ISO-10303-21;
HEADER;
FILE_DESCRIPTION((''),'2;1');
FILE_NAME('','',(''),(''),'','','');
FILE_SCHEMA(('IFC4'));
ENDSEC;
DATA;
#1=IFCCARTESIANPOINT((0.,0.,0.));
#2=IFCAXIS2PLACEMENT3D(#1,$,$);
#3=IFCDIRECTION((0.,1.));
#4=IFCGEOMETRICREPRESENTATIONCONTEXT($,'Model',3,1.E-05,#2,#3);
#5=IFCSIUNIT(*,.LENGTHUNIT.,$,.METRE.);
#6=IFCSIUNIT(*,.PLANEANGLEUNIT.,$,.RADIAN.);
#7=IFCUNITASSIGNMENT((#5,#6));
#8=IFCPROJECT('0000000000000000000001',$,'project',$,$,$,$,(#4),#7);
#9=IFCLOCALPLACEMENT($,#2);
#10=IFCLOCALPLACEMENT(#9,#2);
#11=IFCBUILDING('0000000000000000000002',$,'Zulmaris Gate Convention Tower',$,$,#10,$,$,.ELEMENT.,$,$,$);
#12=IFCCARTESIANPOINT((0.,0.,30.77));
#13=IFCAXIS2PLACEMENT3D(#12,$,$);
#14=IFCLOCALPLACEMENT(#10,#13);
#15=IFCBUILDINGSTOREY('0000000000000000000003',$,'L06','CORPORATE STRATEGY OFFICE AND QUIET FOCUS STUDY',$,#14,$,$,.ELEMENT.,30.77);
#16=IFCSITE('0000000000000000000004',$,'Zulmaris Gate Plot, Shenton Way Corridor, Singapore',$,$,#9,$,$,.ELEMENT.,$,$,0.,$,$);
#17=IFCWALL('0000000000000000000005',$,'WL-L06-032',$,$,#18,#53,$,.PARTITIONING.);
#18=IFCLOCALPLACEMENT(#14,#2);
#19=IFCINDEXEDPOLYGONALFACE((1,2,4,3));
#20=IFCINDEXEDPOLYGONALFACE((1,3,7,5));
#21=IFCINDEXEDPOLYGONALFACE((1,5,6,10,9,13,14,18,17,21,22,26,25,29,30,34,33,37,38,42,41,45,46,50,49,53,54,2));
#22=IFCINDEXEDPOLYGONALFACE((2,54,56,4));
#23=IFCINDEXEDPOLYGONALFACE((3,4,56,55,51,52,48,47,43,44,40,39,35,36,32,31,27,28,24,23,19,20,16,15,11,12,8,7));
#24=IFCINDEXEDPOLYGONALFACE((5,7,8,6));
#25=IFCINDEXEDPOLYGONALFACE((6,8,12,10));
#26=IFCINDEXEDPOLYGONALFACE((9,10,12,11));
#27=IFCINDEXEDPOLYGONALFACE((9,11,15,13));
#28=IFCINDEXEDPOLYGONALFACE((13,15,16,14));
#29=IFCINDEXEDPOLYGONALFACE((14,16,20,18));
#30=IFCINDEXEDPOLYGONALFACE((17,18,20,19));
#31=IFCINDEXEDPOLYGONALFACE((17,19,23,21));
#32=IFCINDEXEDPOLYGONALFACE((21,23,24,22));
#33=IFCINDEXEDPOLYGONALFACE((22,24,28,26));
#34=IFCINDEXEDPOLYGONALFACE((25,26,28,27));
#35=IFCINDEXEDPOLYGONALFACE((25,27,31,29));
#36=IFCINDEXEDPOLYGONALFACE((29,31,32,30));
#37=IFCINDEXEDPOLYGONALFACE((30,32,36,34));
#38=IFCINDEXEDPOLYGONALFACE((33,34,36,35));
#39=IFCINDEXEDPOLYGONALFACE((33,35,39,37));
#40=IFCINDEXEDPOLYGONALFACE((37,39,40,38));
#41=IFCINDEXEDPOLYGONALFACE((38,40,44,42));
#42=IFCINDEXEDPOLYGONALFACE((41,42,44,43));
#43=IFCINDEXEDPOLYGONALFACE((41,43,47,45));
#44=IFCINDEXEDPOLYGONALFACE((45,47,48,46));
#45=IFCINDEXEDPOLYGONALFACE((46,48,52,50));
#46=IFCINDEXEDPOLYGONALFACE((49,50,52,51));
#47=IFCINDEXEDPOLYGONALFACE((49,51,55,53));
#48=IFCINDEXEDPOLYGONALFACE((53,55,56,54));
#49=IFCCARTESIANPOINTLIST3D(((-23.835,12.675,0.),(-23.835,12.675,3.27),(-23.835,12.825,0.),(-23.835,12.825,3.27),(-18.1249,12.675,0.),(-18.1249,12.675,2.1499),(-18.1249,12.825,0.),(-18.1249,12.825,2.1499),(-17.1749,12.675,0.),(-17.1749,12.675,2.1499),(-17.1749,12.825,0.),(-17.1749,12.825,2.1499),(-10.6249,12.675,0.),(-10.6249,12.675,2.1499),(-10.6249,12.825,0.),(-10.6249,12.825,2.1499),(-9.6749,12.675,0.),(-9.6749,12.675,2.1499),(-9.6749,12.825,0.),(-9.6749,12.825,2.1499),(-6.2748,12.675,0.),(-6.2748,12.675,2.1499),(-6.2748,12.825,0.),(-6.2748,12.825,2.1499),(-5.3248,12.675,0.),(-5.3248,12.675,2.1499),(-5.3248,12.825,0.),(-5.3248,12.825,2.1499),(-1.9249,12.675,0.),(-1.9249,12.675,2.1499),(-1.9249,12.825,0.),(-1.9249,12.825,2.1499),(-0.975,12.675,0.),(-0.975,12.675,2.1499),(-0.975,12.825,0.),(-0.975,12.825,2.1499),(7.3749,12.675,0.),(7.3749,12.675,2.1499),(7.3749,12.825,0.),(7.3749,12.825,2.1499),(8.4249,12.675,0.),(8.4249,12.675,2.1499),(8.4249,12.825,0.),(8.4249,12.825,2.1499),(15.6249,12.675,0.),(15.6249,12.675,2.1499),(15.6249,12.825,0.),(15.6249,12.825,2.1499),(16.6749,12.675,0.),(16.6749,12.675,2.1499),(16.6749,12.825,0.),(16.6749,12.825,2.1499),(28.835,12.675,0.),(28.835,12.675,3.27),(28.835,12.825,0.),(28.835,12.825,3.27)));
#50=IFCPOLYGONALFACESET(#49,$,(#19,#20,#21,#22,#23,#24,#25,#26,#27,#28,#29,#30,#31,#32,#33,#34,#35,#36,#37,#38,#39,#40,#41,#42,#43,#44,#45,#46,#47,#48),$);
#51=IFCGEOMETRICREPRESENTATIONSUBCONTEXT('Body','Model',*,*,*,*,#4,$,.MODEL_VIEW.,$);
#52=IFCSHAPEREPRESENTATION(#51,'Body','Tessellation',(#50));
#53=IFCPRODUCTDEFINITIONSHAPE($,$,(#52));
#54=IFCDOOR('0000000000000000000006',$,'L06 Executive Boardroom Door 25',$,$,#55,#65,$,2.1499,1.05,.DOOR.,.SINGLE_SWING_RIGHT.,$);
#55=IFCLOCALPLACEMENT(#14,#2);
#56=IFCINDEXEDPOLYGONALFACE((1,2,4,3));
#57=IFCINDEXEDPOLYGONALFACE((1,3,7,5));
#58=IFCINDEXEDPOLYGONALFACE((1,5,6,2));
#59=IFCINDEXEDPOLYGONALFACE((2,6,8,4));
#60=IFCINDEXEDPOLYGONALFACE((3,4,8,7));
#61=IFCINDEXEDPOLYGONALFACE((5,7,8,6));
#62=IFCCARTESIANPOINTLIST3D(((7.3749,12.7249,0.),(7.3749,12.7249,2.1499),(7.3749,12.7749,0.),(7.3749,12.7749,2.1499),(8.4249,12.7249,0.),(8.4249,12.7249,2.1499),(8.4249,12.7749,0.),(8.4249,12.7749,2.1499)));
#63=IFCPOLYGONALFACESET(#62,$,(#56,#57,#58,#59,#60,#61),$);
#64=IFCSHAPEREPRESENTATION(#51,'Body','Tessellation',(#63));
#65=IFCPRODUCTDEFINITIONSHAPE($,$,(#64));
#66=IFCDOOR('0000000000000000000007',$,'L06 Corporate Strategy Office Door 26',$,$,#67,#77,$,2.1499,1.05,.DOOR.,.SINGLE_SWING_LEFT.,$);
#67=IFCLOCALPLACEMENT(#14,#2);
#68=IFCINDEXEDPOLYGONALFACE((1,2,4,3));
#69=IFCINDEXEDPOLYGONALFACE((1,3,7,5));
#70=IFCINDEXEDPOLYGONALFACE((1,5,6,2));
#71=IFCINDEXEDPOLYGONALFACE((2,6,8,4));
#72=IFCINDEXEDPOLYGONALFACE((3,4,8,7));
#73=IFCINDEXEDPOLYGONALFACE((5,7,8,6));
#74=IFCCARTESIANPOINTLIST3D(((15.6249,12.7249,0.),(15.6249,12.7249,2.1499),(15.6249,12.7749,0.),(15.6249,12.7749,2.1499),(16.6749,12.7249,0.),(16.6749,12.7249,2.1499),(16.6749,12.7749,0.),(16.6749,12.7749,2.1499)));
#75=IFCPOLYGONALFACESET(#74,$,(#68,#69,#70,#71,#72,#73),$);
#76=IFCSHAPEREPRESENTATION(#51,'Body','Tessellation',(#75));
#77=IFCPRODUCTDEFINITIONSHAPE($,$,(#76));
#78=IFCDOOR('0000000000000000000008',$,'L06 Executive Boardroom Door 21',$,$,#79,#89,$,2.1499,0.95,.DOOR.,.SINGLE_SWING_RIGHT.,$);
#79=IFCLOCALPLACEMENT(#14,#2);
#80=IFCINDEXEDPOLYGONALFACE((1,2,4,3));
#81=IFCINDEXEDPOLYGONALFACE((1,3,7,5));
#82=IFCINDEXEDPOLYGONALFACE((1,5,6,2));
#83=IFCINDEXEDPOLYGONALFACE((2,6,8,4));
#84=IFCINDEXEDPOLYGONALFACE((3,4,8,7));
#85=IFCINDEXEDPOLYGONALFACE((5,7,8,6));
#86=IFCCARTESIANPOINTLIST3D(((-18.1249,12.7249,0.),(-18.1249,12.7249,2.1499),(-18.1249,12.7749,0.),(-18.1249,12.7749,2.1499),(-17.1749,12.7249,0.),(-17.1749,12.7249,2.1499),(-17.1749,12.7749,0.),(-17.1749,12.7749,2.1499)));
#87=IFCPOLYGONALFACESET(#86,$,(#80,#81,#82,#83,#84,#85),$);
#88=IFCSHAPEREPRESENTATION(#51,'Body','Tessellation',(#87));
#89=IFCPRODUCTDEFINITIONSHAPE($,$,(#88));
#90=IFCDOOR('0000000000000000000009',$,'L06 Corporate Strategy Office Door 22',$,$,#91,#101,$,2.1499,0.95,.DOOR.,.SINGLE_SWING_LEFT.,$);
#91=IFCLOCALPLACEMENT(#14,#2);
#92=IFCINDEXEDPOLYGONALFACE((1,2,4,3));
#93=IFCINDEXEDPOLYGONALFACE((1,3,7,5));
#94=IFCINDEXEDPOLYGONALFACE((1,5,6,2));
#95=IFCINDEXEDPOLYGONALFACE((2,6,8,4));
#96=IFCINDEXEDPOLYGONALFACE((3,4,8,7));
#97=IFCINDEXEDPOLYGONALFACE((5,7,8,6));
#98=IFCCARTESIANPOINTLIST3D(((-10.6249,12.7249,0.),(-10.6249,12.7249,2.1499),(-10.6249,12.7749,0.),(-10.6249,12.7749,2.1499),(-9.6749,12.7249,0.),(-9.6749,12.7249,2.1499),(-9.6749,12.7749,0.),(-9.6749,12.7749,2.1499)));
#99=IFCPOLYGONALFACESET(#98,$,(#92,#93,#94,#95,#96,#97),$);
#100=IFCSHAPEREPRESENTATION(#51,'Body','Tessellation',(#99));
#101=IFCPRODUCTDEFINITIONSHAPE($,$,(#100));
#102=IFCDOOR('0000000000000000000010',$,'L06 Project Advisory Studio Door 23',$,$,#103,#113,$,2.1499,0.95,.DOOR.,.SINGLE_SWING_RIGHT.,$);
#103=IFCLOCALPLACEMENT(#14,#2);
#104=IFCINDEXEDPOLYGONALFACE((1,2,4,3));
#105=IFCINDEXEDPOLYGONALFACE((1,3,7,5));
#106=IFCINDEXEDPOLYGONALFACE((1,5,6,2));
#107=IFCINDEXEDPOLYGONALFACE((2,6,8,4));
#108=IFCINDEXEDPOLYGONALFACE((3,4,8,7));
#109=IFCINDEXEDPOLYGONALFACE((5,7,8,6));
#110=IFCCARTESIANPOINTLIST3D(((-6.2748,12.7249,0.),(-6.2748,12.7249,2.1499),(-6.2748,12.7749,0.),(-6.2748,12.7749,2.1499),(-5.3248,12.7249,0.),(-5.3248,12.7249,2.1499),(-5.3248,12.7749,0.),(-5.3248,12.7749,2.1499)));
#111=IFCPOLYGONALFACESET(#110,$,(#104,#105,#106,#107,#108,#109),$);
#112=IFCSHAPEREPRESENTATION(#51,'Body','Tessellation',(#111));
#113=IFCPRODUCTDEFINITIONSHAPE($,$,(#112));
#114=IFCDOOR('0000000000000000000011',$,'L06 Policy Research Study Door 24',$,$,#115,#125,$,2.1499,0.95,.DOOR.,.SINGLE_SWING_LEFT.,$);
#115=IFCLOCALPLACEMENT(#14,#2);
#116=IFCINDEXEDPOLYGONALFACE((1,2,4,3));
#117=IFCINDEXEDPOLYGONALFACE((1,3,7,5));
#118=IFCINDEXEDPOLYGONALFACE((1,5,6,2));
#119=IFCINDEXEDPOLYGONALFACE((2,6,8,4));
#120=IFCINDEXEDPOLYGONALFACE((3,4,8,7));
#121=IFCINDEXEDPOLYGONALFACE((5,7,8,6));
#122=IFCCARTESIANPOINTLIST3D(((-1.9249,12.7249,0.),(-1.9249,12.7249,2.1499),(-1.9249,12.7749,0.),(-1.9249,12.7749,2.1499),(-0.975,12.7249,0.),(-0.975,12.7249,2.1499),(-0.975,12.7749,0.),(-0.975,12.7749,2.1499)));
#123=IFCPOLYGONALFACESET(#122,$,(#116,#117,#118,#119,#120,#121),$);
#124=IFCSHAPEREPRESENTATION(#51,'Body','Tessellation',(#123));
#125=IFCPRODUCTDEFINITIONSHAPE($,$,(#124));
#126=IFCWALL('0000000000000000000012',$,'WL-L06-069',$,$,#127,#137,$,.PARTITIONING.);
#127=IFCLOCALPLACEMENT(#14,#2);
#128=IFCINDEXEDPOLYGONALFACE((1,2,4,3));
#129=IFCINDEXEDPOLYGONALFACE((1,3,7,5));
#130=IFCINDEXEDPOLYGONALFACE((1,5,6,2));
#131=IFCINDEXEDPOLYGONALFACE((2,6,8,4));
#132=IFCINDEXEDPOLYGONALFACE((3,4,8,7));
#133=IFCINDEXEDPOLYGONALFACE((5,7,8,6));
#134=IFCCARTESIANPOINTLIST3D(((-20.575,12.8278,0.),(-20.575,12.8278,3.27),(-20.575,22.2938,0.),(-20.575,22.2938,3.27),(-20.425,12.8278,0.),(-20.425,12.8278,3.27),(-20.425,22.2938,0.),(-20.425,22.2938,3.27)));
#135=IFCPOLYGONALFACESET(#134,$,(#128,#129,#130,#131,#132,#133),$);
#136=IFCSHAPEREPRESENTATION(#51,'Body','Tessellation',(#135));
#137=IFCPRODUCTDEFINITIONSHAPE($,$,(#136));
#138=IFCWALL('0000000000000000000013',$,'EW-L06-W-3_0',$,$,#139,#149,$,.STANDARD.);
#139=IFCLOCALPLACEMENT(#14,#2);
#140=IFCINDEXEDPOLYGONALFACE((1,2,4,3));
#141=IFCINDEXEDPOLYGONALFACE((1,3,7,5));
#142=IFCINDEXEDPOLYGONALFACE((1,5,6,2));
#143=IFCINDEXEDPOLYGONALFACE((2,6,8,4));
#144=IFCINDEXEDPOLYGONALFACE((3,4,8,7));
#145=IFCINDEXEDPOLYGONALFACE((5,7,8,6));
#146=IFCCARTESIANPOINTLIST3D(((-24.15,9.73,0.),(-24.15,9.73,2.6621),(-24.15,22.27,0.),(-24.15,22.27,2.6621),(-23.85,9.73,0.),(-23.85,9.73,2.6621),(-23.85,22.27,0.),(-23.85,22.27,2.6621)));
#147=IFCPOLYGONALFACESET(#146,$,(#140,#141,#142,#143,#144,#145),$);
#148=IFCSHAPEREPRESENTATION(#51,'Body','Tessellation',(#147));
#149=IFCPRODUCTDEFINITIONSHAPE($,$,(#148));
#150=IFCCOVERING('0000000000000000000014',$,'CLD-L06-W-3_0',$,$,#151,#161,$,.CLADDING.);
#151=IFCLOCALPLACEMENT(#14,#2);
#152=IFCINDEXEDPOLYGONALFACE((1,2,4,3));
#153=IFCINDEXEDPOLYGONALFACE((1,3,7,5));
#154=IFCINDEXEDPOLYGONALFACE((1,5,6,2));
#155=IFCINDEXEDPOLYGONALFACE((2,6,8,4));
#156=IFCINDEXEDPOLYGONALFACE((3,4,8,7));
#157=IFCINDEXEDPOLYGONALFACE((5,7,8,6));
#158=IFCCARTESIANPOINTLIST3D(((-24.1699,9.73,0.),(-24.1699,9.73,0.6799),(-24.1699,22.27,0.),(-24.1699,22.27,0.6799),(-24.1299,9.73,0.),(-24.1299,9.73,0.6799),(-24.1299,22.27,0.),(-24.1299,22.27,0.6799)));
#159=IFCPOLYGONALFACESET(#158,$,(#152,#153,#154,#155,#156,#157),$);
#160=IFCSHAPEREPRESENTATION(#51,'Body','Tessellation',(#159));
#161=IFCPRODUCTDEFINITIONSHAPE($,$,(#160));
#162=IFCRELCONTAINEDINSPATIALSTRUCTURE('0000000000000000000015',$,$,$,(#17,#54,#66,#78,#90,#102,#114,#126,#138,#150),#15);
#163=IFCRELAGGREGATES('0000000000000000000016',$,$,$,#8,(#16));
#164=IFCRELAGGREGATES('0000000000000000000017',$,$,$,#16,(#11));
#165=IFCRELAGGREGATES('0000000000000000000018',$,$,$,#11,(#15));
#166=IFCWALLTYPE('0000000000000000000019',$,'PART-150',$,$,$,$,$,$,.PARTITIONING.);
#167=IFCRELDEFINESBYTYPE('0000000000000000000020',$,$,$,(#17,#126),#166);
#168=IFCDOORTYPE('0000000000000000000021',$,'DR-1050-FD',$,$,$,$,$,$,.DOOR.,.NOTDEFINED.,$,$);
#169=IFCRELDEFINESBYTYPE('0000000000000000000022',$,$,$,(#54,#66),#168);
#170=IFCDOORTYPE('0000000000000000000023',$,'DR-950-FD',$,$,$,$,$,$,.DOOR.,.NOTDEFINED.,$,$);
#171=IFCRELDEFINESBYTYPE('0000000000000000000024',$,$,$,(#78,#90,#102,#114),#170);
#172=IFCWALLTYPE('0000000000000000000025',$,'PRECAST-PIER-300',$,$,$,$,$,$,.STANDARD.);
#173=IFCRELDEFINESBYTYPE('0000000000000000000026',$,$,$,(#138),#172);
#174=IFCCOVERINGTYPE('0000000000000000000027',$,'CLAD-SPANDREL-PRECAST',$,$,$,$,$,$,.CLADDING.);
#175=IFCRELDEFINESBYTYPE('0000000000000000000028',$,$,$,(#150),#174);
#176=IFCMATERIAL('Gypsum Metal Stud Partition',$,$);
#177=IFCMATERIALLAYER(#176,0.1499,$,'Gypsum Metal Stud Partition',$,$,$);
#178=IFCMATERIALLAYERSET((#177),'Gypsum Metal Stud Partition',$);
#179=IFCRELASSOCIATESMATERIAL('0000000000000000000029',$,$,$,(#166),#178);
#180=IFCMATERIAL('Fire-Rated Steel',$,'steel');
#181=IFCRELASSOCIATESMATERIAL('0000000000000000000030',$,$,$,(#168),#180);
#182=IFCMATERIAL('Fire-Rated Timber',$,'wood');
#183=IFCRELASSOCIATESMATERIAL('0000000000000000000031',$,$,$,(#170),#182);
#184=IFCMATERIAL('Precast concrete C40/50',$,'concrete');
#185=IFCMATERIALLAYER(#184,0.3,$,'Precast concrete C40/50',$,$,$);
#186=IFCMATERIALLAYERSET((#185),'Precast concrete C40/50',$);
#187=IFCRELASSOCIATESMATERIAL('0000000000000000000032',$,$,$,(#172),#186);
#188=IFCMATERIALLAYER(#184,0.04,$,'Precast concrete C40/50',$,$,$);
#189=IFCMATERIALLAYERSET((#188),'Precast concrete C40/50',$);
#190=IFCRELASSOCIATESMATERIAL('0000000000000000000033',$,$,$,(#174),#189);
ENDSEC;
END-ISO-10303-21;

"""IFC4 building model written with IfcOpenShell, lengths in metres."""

from ifc_helpers import new_model, si_unit, direction, frame, frame_2d, origin, place, context, subcontext, project, spatial, rectangle, extrude, material, layer, layer_set, type_object, element, fill, save


model = new_model("IFC4")

# Units and contexts
model_context = context("Model", 3, precision=1e-05, world=origin(), true_north=direction((0.0, 1.0)))
body_context = subcontext(model_context, "Body", "Model", "MODEL_VIEW")
ifc_project = project(units=[si_unit("LENGTHUNIT", "METRE"), si_unit("PLANEANGLEUNIT", "RADIAN")], contexts=[model_context])

# Site, building, storey
site_placement = place(None, origin())
site = spatial("IfcSite", under=ifc_project, at=site_placement, Name="Zulmaris Gate Plot, Shenton Way Corridor, Singapore", CompositionType="ELEMENT", RefElevation=0.0)
building_placement = place(site_placement, origin())
building = spatial("IfcBuilding", under=site, at=building_placement, Name="Zulmaris Gate Convention Tower", CompositionType="ELEMENT")
storey_placement = place(building_placement, frame((0.0, 0.0, 30.77)))
storey = spatial("IfcBuildingStorey", under=building, at=storey_placement, Name="L06", Description="CORPORATE STRATEGY OFFICE AND QUIET FOCUS STUDY", CompositionType="ELEMENT", Elevation=30.77)

# Shared definitions
ifc_material_1 = material(Name="Fire-Rated Steel", Category="steel")
ifc_material_2 = material(Name="Gypsum Metal Stud Partition")
ifc_layer_1 = layer(ifc_material_2, 0.1499, Name="Gypsum Metal Stud Partition")
ifc_layer_set_1 = layer_set([ifc_layer_1], Name="Gypsum Metal Stud Partition")
wall_type_1 = type_object("IfcWallType", Name="PART-150", PredefinedType="PARTITIONING", material=ifc_layer_set_1)
ifc_material_3 = material(Name="Fire-Rated Timber", Category="wood")

# Wall, openings, doors
wall_1_placement = place(storey_placement, frame((-23.835, 12.75, 0.0), z_axis=(0.0, 0.0, 1.0), x_axis=(1.0, 0.0, 0.0)))
wall_1 = element("IfcWall", 1, at=wall_1_placement, inside=storey, type_object=wall_type_1, Name="WL-L06-032", PredefinedType="PARTITIONING", context=body_context, shape_type="SweptSolid", body=[
    extrude(rectangle(XDim=52.6699, YDim=0.1499, at=frame_2d((26.335, 0.0))), origin(), (0.0, 0.0, 1.0), 3.27),
])
opening_1_placement = place(wall_1_placement, frame((5.71, 0.0, 0.0)))
opening_1 = element("IfcOpeningElement", 2, at=opening_1_placement, cuts=wall_1, PredefinedType="OPENING", context=body_context, shape_type="SweptSolid", body=[
    extrude(rectangle(XDim=0.95, YDim=2.1499, at=frame_2d((0.4751, 1.075))), frame((0.0, 0.085, 0.0), z_axis=(0.0, -1.0, 0.0), x_axis=(1.0, 0.0, 0.0)), (0.0, 0.0, 1.0), 0.1699),
])
opening_2_placement = place(wall_1_placement, frame((13.21, 0.0, 0.0)))
opening_2 = element("IfcOpeningElement", 3, at=opening_2_placement, cuts=wall_1, PredefinedType="OPENING", context=body_context, shape_type="SweptSolid", body=[
    extrude(rectangle(XDim=0.95, YDim=2.1499, at=frame_2d((0.4751, 1.075))), frame((0.0, 0.085, 0.0), z_axis=(0.0, -1.0, 0.0), x_axis=(1.0, 0.0, 0.0)), (0.0, 0.0, 1.0), 0.1699),
])
opening_3_placement = place(wall_1_placement, frame((17.5601, 0.0, 0.0)))
opening_3 = element("IfcOpeningElement", 4, at=opening_3_placement, cuts=wall_1, PredefinedType="OPENING", context=body_context, shape_type="SweptSolid", body=[
    extrude(rectangle(XDim=0.95, YDim=2.1499, at=frame_2d((0.4751, 1.075))), frame((0.0, 0.085, 0.0), z_axis=(0.0, -1.0, 0.0), x_axis=(1.0, 0.0, 0.0)), (0.0, 0.0, 1.0), 0.1699),
])
opening_4_placement = place(wall_1_placement, frame((21.9099, 0.0, 0.0)))
opening_4 = element("IfcOpeningElement", 5, at=opening_4_placement, cuts=wall_1, PredefinedType="OPENING", context=body_context, shape_type="SweptSolid", body=[
    extrude(rectangle(XDim=0.95, YDim=2.1499, at=frame_2d((0.4751, 1.075))), frame((0.0, 0.085, 0.0), z_axis=(0.0, -1.0, 0.0), x_axis=(1.0, 0.0, 0.0)), (0.0, 0.0, 1.0), 0.1699),
])
opening_5_placement = place(wall_1_placement, frame((31.21, 0.0, 0.0)))
opening_5 = element("IfcOpeningElement", 6, at=opening_5_placement, cuts=wall_1, PredefinedType="OPENING", context=body_context, shape_type="SweptSolid", body=[
    extrude(rectangle(XDim=1.05, YDim=2.1499, at=frame_2d((0.5249, 1.075))), frame((0.0, 0.085, 0.0), z_axis=(0.0, -1.0, 0.0), x_axis=(1.0, 0.0, 0.0)), (0.0, 0.0, 1.0), 0.1699),
])
opening_6_placement = place(wall_1_placement, frame((39.46, 0.0, 0.0)))
opening_6 = element("IfcOpeningElement", 7, at=opening_6_placement, cuts=wall_1, PredefinedType="OPENING", context=body_context, shape_type="SweptSolid", body=[
    extrude(rectangle(XDim=1.05, YDim=2.1499, at=frame_2d((0.5249, 1.075))), frame((0.0, 0.085, 0.0), z_axis=(0.0, -1.0, 0.0), x_axis=(1.0, 0.0, 0.0)), (0.0, 0.0, 1.0), 0.1699),
])
door_type_1 = type_object("IfcDoorType", Name="DR-1050-FD", OperationType="NOTDEFINED", PredefinedType="DOOR", material=ifc_material_1)
door_1_placement = place(opening_5_placement, origin())
door_1 = element("IfcDoor", 8, at=door_1_placement, inside=storey, type_object=door_type_1, Name="L06 Executive Boardroom Door 25", OperationType="SINGLE_SWING_RIGHT", OverallHeight=2.1499, OverallWidth=1.05, PredefinedType="DOOR", context=body_context, shape_type="SweptSolid", body=[
    extrude(rectangle(XDim=1.05, YDim=2.1499, at=frame_2d((0.5249, 1.075))), frame((0.0, 0.0249, 0.0), z_axis=(0.0, -1.0, 0.0), x_axis=(1.0, 0.0, 0.0)), (0.0, 0.0, 1.0), 0.05),
])
fill(opening_5, door_1)
door_2_placement = place(opening_6_placement, origin())
door_2 = element("IfcDoor", 9, at=door_2_placement, inside=storey, type_object=door_type_1, Name="L06 Corporate Strategy Office Door 26", OperationType="SINGLE_SWING_LEFT", OverallHeight=2.1499, OverallWidth=1.05, PredefinedType="DOOR", context=body_context, shape_type="SweptSolid", body=[
    extrude(rectangle(XDim=1.05, YDim=2.1499, at=frame_2d((0.5249, 1.075))), frame((0.0, 0.0249, 0.0), z_axis=(0.0, -1.0, 0.0), x_axis=(1.0, 0.0, 0.0)), (0.0, 0.0, 1.0), 0.05),
])
fill(opening_6, door_2)
door_type_2 = type_object("IfcDoorType", Name="DR-950-FD", OperationType="NOTDEFINED", PredefinedType="DOOR", material=ifc_material_3)
door_3_placement = place(opening_1_placement, origin())
door_3 = element("IfcDoor", 10, at=door_3_placement, inside=storey, type_object=door_type_2, Name="L06 Executive Boardroom Door 21", OperationType="SINGLE_SWING_RIGHT", OverallHeight=2.1499, OverallWidth=0.95, PredefinedType="DOOR", context=body_context, shape_type="SweptSolid", body=[
    extrude(rectangle(XDim=0.95, YDim=2.1499, at=frame_2d((0.4751, 1.075))), frame((0.0, 0.0249, 0.0), z_axis=(0.0, -1.0, 0.0), x_axis=(1.0, 0.0, 0.0)), (0.0, 0.0, 1.0), 0.05),
])
fill(opening_1, door_3)
door_4_placement = place(opening_2_placement, origin())
door_4 = element("IfcDoor", 11, at=door_4_placement, inside=storey, type_object=door_type_2, Name="L06 Corporate Strategy Office Door 22", OperationType="SINGLE_SWING_LEFT", OverallHeight=2.1499, OverallWidth=0.95, PredefinedType="DOOR", context=body_context, shape_type="SweptSolid", body=[
    extrude(rectangle(XDim=0.95, YDim=2.1499, at=frame_2d((0.4751, 1.075))), frame((0.0, 0.0249, 0.0), z_axis=(0.0, -1.0, 0.0), x_axis=(1.0, 0.0, 0.0)), (0.0, 0.0, 1.0), 0.05),
])
fill(opening_2, door_4)
door_5_placement = place(opening_3_placement, origin())
door_5 = element("IfcDoor", 12, at=door_5_placement, inside=storey, type_object=door_type_2, Name="L06 Project Advisory Studio Door 23", OperationType="SINGLE_SWING_RIGHT", OverallHeight=2.1499, OverallWidth=0.95, PredefinedType="DOOR", context=body_context, shape_type="SweptSolid", body=[
    extrude(rectangle(XDim=0.95, YDim=2.1499, at=frame_2d((0.4751, 1.075))), frame((0.0, 0.0249, 0.0), z_axis=(0.0, -1.0, 0.0), x_axis=(1.0, 0.0, 0.0)), (0.0, 0.0, 1.0), 0.05),
])
fill(opening_3, door_5)
door_6_placement = place(opening_4_placement, origin())
door_6 = element("IfcDoor", 13, at=door_6_placement, inside=storey, type_object=door_type_2, Name="L06 Policy Research Study Door 24", OperationType="SINGLE_SWING_LEFT", OverallHeight=2.1499, OverallWidth=0.95, PredefinedType="DOOR", context=body_context, shape_type="SweptSolid", body=[
    extrude(rectangle(XDim=0.95, YDim=2.1499, at=frame_2d((0.4751, 1.075))), frame((0.0, 0.0249, 0.0), z_axis=(0.0, -1.0, 0.0), x_axis=(1.0, 0.0, 0.0)), (0.0, 0.0, 1.0), 0.05),
])
fill(opening_4, door_6)

# Wall
wall_2_placement = place(storey_placement, frame((-20.5, 12.8279, 0.0), z_axis=(0.0, 0.0, 1.0), x_axis=(0.0, 1.0, 0.0)))
element("IfcWall", 14, at=wall_2_placement, inside=storey, type_object=wall_type_1, Name="WL-L06-069", PredefinedType="PARTITIONING", context=body_context, shape_type="SweptSolid", body=[
    extrude(rectangle(XDim=9.4661, YDim=0.1499, at=frame_2d((4.7329, 0.0))), origin(), (0.0, 0.0, 1.0), 3.27),
])

# Wall
ifc_material_4 = material(Name="Precast concrete C40/50", Category="concrete")
ifc_layer_2 = layer(ifc_material_4, 0.3, Name="Precast concrete C40/50")
ifc_layer_set_2 = layer_set([ifc_layer_2], Name="Precast concrete C40/50")
wall_type_2 = type_object("IfcWallType", Name="PRECAST-PIER-300", PredefinedType="STANDARD", material=ifc_layer_set_2)
wall_3_placement = place(storey_placement, frame((-24.0, 22.27, 0.0), z_axis=(0.0, 0.0, 1.0), x_axis=(0.0, -1.0, 0.0)))
element("IfcWall", 15, at=wall_3_placement, inside=storey, type_object=wall_type_2, Name="EW-L06-W-3_0", PredefinedType="STANDARD", context=body_context, shape_type="SweptSolid", body=[
    extrude(rectangle(XDim=12.54, YDim=0.3, at=frame_2d((6.27, 0.0))), origin(), (0.0, 0.0, 1.0), 2.6621),
])

# Covering
ifc_layer_3 = layer(ifc_material_4, 0.04, Name="Precast concrete C40/50")
ifc_layer_set_3 = layer_set([ifc_layer_3], Name="Precast concrete C40/50")
covering_type = type_object("IfcCoveringType", Name="CLAD-SPANDREL-PRECAST", PredefinedType="CLADDING", material=ifc_layer_set_3)
covering_placement = place(storey_placement, frame((-24.1499, 22.27, 0.0), z_axis=(0.0, 0.0, 1.0), x_axis=(0.0, -1.0, 0.0)))
element("IfcCovering", 16, at=covering_placement, inside=storey, type_object=covering_type, Name="CLD-L06-W-3_0", PredefinedType="CLADDING", context=body_context, shape_type="SweptSolid", body=[
    extrude(rectangle(XDim=12.54, YDim=0.04, at=frame_2d((6.27, 0.0))), origin(), (0.0, 0.0, 1.0), 0.6799),
])

save(model, "model.ifc")
